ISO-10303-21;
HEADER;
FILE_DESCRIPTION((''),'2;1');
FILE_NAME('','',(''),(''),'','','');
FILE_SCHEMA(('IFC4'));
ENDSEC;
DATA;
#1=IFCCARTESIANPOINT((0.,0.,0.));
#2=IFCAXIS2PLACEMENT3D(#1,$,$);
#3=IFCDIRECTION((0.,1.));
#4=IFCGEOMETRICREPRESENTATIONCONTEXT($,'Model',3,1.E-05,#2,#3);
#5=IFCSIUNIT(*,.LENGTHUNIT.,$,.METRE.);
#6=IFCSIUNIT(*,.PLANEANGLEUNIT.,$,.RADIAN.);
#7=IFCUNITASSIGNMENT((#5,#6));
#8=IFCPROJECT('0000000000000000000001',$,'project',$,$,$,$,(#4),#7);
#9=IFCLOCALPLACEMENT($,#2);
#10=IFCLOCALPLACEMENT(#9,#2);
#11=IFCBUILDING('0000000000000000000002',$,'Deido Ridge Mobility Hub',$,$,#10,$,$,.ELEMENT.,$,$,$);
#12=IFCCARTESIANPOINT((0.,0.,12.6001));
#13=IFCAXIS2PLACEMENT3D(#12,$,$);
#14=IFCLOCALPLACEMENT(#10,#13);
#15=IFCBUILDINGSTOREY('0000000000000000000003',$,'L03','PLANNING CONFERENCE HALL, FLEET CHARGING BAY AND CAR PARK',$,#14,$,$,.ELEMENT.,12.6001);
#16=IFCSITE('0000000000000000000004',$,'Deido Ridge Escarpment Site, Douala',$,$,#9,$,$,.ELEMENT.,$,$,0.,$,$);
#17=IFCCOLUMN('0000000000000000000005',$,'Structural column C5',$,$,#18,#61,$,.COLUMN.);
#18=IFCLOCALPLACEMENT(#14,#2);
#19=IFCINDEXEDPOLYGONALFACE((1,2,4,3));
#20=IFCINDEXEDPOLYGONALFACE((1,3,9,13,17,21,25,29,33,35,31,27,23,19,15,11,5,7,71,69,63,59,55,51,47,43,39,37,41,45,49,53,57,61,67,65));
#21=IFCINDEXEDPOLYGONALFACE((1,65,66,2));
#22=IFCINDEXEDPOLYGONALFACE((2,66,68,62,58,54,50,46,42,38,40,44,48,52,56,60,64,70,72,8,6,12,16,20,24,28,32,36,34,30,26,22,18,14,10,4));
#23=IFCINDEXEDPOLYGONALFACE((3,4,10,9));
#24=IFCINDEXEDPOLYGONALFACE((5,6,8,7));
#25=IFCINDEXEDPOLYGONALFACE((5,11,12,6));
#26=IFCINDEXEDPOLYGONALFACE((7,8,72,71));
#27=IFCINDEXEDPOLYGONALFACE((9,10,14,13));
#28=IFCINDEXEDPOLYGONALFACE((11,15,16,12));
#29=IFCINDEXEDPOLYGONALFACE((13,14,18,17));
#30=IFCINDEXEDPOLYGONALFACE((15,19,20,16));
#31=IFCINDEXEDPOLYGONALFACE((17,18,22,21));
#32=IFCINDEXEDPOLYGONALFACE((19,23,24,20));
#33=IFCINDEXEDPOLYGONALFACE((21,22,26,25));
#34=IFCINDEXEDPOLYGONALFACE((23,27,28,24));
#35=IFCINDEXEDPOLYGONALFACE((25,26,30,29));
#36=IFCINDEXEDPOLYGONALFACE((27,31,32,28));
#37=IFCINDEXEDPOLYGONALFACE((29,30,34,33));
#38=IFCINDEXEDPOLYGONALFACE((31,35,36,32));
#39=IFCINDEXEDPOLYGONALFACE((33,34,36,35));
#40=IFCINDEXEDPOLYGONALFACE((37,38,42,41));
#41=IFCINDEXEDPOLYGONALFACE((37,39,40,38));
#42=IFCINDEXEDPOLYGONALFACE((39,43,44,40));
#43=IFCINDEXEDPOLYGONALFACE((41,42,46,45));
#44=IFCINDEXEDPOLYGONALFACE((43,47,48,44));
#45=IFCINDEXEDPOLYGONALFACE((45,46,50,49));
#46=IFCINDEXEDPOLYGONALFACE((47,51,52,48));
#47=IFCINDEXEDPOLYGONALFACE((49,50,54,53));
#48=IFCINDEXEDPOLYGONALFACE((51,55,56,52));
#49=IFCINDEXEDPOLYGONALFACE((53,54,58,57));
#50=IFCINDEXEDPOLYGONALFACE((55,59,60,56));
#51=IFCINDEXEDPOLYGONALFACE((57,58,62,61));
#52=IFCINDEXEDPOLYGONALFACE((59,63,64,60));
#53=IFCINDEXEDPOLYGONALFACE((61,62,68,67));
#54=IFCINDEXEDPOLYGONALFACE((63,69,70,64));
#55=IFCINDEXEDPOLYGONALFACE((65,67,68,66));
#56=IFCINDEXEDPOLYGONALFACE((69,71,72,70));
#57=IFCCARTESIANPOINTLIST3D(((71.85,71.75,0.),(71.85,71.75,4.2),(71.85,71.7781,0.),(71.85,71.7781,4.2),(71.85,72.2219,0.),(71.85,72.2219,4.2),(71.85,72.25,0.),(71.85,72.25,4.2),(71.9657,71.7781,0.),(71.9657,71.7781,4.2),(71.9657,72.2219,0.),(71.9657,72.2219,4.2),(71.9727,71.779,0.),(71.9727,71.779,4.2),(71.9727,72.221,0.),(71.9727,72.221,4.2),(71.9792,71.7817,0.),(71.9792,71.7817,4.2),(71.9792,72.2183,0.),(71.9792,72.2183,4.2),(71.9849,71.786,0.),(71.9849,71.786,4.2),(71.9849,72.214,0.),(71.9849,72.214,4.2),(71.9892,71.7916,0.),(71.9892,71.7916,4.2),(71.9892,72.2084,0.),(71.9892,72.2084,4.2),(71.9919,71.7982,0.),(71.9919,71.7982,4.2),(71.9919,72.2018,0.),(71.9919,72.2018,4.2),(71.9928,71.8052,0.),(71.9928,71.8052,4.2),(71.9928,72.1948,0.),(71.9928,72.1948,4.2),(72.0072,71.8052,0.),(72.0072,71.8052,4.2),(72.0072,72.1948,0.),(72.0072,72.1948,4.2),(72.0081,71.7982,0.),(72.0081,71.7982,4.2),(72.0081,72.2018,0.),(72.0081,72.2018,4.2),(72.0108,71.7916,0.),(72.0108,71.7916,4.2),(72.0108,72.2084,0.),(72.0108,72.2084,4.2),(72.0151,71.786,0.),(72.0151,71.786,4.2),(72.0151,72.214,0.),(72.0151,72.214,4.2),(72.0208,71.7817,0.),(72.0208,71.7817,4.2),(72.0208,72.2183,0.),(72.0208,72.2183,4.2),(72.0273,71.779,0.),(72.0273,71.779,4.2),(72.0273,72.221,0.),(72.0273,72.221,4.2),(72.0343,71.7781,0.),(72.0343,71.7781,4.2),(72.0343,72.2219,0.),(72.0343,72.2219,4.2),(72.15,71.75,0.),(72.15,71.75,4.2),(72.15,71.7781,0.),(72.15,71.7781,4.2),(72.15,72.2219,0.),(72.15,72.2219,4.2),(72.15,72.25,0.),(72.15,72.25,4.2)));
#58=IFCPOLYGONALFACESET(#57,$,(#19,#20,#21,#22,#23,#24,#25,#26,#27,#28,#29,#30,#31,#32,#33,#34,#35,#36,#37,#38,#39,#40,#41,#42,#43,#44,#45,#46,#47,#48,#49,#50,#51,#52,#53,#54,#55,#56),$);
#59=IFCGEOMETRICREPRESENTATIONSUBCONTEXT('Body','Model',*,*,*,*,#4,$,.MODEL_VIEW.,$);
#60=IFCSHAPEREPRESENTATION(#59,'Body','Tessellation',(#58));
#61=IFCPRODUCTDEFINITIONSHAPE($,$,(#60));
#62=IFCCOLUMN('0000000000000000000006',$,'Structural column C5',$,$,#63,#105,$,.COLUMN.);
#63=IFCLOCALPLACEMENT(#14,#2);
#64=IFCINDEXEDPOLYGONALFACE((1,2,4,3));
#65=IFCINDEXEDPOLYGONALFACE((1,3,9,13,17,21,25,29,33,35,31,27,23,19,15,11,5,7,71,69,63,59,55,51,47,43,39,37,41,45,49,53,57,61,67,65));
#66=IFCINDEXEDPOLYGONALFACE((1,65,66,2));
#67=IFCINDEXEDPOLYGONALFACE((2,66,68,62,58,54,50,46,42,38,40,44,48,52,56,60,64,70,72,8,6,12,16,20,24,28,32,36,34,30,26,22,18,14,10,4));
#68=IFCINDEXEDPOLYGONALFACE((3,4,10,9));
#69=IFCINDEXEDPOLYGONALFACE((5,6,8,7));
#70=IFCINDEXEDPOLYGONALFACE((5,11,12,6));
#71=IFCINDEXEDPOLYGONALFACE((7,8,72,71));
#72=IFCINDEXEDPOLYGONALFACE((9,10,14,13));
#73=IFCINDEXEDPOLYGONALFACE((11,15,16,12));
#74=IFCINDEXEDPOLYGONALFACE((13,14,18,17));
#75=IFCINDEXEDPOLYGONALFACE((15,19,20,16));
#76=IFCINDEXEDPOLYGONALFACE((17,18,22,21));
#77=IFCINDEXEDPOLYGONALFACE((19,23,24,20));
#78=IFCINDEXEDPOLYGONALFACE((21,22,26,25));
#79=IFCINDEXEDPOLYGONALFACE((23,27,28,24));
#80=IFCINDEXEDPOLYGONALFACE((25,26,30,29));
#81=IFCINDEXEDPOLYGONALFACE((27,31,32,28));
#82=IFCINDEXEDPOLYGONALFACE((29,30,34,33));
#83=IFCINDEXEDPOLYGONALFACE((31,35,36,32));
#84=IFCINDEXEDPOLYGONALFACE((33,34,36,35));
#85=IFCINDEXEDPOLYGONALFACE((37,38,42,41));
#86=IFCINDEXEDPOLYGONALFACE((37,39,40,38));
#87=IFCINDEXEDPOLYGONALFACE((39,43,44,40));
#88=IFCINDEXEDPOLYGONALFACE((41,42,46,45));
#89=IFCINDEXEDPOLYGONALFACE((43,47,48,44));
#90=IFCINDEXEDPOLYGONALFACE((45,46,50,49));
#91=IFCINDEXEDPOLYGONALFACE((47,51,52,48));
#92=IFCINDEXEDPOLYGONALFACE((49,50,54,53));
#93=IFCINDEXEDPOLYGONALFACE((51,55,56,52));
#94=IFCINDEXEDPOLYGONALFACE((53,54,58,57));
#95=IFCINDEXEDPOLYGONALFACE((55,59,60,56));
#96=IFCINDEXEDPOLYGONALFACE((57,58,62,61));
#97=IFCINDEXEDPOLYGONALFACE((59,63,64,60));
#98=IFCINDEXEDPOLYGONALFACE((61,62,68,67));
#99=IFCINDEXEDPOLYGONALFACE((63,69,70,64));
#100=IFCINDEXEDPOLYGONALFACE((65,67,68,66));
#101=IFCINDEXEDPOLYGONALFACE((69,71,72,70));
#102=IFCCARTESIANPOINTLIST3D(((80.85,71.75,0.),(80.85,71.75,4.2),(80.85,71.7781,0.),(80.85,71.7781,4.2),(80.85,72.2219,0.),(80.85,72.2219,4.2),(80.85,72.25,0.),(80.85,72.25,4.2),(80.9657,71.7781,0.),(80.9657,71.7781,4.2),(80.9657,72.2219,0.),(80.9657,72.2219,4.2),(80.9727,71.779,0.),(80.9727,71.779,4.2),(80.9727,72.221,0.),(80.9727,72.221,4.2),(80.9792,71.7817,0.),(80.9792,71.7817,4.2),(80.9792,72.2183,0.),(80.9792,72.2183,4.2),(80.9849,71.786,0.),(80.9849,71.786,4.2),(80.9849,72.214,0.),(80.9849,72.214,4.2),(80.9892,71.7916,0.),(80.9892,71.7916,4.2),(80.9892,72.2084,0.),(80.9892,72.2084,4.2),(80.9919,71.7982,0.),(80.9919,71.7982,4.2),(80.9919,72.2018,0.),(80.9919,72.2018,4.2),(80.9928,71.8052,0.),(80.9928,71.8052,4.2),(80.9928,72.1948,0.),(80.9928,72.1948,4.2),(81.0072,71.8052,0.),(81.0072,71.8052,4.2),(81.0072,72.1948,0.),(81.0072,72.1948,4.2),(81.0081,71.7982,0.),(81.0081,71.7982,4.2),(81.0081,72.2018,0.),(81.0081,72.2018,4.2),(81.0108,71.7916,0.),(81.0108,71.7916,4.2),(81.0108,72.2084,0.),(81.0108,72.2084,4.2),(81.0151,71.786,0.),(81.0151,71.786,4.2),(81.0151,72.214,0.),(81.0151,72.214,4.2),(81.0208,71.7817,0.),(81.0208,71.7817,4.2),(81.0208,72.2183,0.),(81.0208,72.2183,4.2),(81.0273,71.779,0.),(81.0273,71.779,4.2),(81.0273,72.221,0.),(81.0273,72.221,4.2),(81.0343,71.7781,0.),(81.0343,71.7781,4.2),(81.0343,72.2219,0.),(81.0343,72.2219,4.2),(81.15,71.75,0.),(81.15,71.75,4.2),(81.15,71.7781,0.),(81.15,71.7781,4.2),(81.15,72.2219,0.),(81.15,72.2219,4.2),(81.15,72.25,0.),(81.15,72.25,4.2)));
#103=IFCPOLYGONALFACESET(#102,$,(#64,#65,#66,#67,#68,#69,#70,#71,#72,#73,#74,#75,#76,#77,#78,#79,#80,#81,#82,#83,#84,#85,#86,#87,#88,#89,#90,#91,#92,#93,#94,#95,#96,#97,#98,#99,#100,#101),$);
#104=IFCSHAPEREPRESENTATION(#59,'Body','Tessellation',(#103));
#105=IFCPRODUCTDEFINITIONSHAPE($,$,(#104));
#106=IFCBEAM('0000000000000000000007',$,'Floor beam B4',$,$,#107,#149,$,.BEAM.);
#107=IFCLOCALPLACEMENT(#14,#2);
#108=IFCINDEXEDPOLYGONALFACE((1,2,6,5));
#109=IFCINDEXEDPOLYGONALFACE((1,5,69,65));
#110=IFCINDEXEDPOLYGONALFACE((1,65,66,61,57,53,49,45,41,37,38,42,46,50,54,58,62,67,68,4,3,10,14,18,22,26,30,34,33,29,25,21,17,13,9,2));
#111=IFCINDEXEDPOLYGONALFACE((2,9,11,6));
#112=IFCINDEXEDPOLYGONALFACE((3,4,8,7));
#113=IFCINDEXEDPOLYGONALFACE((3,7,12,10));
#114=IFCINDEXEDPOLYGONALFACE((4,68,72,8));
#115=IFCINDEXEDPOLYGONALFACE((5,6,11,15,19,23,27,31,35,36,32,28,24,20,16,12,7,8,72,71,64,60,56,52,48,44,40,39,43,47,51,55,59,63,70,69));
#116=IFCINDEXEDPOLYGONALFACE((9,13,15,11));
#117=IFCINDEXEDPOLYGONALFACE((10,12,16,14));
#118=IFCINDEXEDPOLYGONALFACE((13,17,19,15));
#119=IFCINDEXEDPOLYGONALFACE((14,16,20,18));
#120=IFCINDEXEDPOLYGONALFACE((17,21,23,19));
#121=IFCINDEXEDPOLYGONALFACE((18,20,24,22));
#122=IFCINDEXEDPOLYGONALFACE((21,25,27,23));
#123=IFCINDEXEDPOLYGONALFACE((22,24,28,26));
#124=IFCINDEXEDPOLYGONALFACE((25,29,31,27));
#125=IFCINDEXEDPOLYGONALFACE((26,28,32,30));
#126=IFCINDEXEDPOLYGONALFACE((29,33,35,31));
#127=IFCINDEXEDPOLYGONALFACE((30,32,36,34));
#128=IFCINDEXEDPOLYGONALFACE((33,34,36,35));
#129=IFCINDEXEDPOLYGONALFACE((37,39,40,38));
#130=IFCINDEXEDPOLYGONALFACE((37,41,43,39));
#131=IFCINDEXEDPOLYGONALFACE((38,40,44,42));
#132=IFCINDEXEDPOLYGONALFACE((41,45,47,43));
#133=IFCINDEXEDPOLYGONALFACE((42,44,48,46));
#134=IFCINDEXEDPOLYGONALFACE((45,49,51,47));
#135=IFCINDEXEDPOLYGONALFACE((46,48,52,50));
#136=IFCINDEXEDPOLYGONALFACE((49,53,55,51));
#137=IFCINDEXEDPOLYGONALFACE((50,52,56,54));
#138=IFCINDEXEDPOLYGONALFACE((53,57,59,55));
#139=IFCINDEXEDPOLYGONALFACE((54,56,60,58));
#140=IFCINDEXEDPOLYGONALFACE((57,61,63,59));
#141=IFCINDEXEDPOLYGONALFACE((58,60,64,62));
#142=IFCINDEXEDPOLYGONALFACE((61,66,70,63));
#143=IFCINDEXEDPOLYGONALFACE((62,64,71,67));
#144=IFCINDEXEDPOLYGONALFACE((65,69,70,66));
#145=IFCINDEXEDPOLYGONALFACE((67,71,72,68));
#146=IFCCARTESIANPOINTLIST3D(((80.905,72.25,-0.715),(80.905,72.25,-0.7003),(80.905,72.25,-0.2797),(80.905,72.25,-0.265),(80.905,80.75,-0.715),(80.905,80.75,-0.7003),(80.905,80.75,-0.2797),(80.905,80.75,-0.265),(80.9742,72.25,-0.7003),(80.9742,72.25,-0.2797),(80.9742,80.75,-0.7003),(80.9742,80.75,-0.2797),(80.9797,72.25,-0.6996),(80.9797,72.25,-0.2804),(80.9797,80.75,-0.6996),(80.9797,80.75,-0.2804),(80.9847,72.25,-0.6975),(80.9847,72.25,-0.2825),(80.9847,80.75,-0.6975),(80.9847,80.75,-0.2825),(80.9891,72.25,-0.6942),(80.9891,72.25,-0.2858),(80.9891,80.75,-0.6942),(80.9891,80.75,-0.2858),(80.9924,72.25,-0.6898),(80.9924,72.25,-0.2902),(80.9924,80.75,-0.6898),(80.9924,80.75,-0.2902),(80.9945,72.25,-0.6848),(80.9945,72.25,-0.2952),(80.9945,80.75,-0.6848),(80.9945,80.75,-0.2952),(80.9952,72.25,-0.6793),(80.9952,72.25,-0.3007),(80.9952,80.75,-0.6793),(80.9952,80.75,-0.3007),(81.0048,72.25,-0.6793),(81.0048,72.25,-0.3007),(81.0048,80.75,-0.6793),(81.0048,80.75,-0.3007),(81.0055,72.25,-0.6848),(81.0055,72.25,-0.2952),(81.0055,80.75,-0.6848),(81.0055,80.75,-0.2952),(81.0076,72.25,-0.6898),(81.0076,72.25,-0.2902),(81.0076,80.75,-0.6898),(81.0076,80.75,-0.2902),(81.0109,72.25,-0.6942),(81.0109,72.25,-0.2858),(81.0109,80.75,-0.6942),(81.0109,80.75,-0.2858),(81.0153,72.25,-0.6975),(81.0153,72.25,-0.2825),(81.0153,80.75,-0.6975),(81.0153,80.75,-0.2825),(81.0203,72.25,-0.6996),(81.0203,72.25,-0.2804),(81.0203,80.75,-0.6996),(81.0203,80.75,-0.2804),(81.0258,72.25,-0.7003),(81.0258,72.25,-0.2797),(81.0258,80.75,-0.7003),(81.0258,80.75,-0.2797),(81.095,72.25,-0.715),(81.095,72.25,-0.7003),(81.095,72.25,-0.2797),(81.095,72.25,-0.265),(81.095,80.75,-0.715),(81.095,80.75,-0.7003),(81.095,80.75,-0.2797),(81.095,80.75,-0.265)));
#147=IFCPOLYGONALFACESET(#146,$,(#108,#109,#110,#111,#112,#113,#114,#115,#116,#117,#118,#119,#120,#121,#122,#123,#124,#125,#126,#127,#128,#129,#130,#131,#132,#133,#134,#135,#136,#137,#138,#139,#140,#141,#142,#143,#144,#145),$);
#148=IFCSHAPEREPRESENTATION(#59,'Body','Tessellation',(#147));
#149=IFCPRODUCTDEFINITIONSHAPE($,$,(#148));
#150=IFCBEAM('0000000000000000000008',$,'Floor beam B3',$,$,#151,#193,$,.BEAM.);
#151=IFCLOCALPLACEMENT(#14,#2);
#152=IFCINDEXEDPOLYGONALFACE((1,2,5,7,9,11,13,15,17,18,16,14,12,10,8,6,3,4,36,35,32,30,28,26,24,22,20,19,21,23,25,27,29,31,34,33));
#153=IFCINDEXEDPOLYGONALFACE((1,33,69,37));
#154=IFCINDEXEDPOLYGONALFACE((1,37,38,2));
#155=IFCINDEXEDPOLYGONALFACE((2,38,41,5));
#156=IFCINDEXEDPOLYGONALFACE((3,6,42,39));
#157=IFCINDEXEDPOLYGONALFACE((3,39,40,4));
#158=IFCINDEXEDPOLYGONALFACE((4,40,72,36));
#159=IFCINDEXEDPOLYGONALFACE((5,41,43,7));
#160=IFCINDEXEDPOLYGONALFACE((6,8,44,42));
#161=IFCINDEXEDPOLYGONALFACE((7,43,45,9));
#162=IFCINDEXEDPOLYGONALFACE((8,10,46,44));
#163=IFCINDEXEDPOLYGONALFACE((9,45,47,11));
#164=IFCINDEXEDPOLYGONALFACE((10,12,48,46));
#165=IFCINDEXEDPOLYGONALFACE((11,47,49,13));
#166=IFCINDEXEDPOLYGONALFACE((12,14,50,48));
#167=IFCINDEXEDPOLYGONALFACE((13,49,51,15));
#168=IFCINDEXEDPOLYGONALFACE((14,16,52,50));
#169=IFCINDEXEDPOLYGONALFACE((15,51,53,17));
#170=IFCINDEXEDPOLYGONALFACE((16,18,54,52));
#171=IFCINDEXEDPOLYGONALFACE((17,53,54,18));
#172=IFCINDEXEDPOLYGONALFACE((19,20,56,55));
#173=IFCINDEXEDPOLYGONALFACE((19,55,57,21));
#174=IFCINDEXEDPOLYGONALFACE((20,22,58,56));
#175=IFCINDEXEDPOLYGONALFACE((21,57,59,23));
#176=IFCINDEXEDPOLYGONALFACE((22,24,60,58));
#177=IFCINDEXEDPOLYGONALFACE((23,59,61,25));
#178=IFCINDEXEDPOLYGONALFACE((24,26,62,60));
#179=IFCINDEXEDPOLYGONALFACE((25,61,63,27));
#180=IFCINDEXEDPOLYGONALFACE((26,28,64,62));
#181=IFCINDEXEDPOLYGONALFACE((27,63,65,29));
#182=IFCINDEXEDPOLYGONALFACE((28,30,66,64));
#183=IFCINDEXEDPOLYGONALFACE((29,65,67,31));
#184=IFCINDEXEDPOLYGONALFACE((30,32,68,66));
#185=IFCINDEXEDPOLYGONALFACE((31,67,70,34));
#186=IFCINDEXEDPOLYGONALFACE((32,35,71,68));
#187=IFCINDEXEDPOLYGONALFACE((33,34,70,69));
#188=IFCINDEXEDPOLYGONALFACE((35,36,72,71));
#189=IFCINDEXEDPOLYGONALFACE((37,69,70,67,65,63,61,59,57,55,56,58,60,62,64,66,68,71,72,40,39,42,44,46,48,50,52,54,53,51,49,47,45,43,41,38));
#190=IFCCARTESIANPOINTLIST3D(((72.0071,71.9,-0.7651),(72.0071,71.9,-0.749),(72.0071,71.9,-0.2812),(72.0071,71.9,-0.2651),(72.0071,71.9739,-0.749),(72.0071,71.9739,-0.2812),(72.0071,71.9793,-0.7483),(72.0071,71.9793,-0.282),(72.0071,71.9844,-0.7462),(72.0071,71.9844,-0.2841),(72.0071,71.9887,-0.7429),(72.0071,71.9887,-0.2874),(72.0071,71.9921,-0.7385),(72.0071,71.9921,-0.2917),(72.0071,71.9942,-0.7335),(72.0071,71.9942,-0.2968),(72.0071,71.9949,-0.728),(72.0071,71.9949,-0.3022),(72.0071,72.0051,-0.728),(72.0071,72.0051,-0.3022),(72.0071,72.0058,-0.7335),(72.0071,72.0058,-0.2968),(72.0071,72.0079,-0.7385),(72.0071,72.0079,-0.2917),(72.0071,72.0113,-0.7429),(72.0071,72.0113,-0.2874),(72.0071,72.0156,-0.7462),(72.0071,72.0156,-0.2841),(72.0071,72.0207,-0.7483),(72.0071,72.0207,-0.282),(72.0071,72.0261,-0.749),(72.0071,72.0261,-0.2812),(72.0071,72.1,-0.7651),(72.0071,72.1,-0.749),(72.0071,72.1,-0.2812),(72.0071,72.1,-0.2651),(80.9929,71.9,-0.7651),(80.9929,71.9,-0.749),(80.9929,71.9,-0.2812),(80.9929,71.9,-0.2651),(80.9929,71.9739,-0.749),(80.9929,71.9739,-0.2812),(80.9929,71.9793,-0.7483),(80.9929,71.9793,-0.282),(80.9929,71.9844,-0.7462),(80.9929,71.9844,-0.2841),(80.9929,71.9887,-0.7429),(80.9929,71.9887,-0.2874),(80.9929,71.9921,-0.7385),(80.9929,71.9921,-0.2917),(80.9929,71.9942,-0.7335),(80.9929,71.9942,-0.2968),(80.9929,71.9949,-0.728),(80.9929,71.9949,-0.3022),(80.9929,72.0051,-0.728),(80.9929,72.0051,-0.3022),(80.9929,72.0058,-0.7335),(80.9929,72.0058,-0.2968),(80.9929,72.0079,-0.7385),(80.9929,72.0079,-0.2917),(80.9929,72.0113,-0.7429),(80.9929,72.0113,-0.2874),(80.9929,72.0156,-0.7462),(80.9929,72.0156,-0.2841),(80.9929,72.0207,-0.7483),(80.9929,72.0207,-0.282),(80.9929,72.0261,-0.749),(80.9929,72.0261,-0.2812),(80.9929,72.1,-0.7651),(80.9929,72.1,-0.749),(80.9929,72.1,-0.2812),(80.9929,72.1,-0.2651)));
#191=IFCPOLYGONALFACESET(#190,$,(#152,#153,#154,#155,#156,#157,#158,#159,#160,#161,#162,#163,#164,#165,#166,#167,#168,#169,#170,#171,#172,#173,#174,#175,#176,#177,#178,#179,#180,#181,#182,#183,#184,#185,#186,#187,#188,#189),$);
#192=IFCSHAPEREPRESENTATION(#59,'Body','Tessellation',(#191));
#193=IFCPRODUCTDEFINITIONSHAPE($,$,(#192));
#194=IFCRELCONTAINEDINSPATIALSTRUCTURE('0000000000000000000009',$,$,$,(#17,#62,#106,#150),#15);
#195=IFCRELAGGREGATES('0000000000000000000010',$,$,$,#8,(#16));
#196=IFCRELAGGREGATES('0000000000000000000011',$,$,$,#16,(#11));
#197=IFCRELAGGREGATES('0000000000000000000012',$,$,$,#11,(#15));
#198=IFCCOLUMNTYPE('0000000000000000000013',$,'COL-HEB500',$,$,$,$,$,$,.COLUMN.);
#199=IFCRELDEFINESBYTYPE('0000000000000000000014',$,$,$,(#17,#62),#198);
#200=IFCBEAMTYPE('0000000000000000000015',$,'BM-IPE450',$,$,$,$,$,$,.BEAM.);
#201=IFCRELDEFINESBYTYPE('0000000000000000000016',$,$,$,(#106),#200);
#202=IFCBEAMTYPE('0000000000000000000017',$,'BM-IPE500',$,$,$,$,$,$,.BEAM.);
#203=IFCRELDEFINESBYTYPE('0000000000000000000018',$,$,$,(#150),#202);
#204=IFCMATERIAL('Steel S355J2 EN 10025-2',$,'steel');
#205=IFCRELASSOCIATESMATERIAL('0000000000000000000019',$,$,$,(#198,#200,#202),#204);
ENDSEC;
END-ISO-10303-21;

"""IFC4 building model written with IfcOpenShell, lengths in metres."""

from ifc_helpers import new_model, si_unit, direction, frame, origin, origin_2d, place, context, subcontext, project, spatial, i_section, extrude, material, material_profile, profile_set, type_object, element, save


model = new_model("IFC4")

# Units and contexts
model_context = context("Model", 3, precision=1e-05, world=origin(), true_north=direction((0.0, 1.0)))
body_context = subcontext(model_context, "Body", "Model", "MODEL_VIEW")
ifc_project = project(units=[si_unit("LENGTHUNIT", "METRE"), si_unit("PLANEANGLEUNIT", "RADIAN")], contexts=[model_context])

# Site, building, storey
site_placement = place(None, origin())
site = spatial("IfcSite", under=ifc_project, at=site_placement, Name="Deido Ridge Escarpment Site, Douala", CompositionType="ELEMENT", RefElevation=0.0)
building_placement = place(site_placement, origin())
building = spatial("IfcBuilding", under=site, at=building_placement, Name="Deido Ridge Mobility Hub", CompositionType="ELEMENT")
storey_placement = place(building_placement, frame((0.0, 0.0, 12.6001)))
storey = spatial("IfcBuildingStorey", under=building, at=storey_placement, Name="L03", Description="PLANNING CONFERENCE HALL, FLEET CHARGING BAY AND CAR PARK", CompositionType="ELEMENT", Elevation=12.6001)

# Columns
ifc_material_1 = material(Name="Steel S355J2 EN 10025-2", Category="steel")
ifc_material_profile_1 = material_profile(ifc_material_1, i_section(OverallWidth=0.3, OverallDepth=0.5, WebThickness=0.0144, FlangeThickness=0.0281, FilletRadius=0.0271, at=origin_2d()), Name="HEB 500")
ifc_profile_set_1 = profile_set([ifc_material_profile_1], Name="Steel S355J2 EN 10025-2")
column_type = type_object("IfcColumnType", Name="COL-HEB500", PredefinedType="COLUMN", material=ifc_profile_set_1)
for number, where, z_axis, x_axis, name in (
    (1, (72.0, 72.0, 0.0), (0.0, 0.0, 1.0), (1.0, 0.0, 0.0), "Structural column C5"),
    (2, (81.0, 72.0, 0.0), (0.0, 0.0, 1.0), (1.0, 0.0, 0.0), "Structural column C5"),
):
    element("IfcColumn", number, at=place(storey_placement, frame(where, z_axis=z_axis, x_axis=x_axis)), inside=storey, type_object=column_type, Name=name, PredefinedType="COLUMN", context=body_context, shape_type="SweptSolid", body=[
        extrude(i_section(OverallWidth=0.3, OverallDepth=0.5, WebThickness=0.0144, FlangeThickness=0.0281, FilletRadius=0.0271, at=origin_2d()), origin(), (0.0, 0.0, 1.0), 4.2),
    ])

# Beams
ifc_material_profile_2 = material_profile(ifc_material_1, i_section(OverallWidth=0.1899, OverallDepth=0.45, WebThickness=0.0095, FlangeThickness=0.0146, FilletRadius=0.021, at=origin_2d()), Name="IPE 450")
ifc_profile_set_2 = profile_set([ifc_material_profile_2], Name="Steel S355J2 EN 10025-2")
beam_type_1 = type_object("IfcBeamType", Name="BM-IPE450", PredefinedType="BEAM", material=ifc_profile_set_2)
beam_1_placement = place(storey_placement, frame((81.0, 72.25, -0.49), z_axis=(0.0, 1.0, 0.0), x_axis=(-1.0, 0.0, 0.0)))
element("IfcBeam", 3, at=beam_1_placement, inside=storey, type_object=beam_type_1, Name="Floor beam B4", PredefinedType="BEAM", context=body_context, shape_type="SweptSolid", body=[
    extrude(i_section(OverallWidth=0.1899, OverallDepth=0.45, WebThickness=0.0095, FlangeThickness=0.0146, FilletRadius=0.021, at=origin_2d()), origin(), (0.0, 0.0, 1.0), 8.5),
])
ifc_material_profile_3 = material_profile(ifc_material_1, i_section(OverallWidth=0.2, OverallDepth=0.5, WebThickness=0.0103, FlangeThickness=0.0161, FilletRadius=0.021, at=origin_2d()), Name="IPE 500")
ifc_profile_set_3 = profile_set([ifc_material_profile_3], Name="Steel S355J2 EN 10025-2")
beam_type_2 = type_object("IfcBeamType", Name="BM-IPE500", PredefinedType="BEAM", material=ifc_profile_set_3)
beam_2_placement = place(storey_placement, frame((72.0071, 72.0, -0.5151), z_axis=(1.0, 0.0, 0.0), x_axis=(0.0, 1.0, 0.0)))
element("IfcBeam", 4, at=beam_2_placement, inside=storey, type_object=beam_type_2, Name="Floor beam B3", PredefinedType="BEAM", context=body_context, shape_type="SweptSolid", body=[
    extrude(i_section(OverallWidth=0.2, OverallDepth=0.5, WebThickness=0.0103, FlangeThickness=0.0161, FilletRadius=0.021, at=origin_2d()), origin(), (0.0, 0.0, 1.0), 8.9858),
])

save(model, "model.ifc")
